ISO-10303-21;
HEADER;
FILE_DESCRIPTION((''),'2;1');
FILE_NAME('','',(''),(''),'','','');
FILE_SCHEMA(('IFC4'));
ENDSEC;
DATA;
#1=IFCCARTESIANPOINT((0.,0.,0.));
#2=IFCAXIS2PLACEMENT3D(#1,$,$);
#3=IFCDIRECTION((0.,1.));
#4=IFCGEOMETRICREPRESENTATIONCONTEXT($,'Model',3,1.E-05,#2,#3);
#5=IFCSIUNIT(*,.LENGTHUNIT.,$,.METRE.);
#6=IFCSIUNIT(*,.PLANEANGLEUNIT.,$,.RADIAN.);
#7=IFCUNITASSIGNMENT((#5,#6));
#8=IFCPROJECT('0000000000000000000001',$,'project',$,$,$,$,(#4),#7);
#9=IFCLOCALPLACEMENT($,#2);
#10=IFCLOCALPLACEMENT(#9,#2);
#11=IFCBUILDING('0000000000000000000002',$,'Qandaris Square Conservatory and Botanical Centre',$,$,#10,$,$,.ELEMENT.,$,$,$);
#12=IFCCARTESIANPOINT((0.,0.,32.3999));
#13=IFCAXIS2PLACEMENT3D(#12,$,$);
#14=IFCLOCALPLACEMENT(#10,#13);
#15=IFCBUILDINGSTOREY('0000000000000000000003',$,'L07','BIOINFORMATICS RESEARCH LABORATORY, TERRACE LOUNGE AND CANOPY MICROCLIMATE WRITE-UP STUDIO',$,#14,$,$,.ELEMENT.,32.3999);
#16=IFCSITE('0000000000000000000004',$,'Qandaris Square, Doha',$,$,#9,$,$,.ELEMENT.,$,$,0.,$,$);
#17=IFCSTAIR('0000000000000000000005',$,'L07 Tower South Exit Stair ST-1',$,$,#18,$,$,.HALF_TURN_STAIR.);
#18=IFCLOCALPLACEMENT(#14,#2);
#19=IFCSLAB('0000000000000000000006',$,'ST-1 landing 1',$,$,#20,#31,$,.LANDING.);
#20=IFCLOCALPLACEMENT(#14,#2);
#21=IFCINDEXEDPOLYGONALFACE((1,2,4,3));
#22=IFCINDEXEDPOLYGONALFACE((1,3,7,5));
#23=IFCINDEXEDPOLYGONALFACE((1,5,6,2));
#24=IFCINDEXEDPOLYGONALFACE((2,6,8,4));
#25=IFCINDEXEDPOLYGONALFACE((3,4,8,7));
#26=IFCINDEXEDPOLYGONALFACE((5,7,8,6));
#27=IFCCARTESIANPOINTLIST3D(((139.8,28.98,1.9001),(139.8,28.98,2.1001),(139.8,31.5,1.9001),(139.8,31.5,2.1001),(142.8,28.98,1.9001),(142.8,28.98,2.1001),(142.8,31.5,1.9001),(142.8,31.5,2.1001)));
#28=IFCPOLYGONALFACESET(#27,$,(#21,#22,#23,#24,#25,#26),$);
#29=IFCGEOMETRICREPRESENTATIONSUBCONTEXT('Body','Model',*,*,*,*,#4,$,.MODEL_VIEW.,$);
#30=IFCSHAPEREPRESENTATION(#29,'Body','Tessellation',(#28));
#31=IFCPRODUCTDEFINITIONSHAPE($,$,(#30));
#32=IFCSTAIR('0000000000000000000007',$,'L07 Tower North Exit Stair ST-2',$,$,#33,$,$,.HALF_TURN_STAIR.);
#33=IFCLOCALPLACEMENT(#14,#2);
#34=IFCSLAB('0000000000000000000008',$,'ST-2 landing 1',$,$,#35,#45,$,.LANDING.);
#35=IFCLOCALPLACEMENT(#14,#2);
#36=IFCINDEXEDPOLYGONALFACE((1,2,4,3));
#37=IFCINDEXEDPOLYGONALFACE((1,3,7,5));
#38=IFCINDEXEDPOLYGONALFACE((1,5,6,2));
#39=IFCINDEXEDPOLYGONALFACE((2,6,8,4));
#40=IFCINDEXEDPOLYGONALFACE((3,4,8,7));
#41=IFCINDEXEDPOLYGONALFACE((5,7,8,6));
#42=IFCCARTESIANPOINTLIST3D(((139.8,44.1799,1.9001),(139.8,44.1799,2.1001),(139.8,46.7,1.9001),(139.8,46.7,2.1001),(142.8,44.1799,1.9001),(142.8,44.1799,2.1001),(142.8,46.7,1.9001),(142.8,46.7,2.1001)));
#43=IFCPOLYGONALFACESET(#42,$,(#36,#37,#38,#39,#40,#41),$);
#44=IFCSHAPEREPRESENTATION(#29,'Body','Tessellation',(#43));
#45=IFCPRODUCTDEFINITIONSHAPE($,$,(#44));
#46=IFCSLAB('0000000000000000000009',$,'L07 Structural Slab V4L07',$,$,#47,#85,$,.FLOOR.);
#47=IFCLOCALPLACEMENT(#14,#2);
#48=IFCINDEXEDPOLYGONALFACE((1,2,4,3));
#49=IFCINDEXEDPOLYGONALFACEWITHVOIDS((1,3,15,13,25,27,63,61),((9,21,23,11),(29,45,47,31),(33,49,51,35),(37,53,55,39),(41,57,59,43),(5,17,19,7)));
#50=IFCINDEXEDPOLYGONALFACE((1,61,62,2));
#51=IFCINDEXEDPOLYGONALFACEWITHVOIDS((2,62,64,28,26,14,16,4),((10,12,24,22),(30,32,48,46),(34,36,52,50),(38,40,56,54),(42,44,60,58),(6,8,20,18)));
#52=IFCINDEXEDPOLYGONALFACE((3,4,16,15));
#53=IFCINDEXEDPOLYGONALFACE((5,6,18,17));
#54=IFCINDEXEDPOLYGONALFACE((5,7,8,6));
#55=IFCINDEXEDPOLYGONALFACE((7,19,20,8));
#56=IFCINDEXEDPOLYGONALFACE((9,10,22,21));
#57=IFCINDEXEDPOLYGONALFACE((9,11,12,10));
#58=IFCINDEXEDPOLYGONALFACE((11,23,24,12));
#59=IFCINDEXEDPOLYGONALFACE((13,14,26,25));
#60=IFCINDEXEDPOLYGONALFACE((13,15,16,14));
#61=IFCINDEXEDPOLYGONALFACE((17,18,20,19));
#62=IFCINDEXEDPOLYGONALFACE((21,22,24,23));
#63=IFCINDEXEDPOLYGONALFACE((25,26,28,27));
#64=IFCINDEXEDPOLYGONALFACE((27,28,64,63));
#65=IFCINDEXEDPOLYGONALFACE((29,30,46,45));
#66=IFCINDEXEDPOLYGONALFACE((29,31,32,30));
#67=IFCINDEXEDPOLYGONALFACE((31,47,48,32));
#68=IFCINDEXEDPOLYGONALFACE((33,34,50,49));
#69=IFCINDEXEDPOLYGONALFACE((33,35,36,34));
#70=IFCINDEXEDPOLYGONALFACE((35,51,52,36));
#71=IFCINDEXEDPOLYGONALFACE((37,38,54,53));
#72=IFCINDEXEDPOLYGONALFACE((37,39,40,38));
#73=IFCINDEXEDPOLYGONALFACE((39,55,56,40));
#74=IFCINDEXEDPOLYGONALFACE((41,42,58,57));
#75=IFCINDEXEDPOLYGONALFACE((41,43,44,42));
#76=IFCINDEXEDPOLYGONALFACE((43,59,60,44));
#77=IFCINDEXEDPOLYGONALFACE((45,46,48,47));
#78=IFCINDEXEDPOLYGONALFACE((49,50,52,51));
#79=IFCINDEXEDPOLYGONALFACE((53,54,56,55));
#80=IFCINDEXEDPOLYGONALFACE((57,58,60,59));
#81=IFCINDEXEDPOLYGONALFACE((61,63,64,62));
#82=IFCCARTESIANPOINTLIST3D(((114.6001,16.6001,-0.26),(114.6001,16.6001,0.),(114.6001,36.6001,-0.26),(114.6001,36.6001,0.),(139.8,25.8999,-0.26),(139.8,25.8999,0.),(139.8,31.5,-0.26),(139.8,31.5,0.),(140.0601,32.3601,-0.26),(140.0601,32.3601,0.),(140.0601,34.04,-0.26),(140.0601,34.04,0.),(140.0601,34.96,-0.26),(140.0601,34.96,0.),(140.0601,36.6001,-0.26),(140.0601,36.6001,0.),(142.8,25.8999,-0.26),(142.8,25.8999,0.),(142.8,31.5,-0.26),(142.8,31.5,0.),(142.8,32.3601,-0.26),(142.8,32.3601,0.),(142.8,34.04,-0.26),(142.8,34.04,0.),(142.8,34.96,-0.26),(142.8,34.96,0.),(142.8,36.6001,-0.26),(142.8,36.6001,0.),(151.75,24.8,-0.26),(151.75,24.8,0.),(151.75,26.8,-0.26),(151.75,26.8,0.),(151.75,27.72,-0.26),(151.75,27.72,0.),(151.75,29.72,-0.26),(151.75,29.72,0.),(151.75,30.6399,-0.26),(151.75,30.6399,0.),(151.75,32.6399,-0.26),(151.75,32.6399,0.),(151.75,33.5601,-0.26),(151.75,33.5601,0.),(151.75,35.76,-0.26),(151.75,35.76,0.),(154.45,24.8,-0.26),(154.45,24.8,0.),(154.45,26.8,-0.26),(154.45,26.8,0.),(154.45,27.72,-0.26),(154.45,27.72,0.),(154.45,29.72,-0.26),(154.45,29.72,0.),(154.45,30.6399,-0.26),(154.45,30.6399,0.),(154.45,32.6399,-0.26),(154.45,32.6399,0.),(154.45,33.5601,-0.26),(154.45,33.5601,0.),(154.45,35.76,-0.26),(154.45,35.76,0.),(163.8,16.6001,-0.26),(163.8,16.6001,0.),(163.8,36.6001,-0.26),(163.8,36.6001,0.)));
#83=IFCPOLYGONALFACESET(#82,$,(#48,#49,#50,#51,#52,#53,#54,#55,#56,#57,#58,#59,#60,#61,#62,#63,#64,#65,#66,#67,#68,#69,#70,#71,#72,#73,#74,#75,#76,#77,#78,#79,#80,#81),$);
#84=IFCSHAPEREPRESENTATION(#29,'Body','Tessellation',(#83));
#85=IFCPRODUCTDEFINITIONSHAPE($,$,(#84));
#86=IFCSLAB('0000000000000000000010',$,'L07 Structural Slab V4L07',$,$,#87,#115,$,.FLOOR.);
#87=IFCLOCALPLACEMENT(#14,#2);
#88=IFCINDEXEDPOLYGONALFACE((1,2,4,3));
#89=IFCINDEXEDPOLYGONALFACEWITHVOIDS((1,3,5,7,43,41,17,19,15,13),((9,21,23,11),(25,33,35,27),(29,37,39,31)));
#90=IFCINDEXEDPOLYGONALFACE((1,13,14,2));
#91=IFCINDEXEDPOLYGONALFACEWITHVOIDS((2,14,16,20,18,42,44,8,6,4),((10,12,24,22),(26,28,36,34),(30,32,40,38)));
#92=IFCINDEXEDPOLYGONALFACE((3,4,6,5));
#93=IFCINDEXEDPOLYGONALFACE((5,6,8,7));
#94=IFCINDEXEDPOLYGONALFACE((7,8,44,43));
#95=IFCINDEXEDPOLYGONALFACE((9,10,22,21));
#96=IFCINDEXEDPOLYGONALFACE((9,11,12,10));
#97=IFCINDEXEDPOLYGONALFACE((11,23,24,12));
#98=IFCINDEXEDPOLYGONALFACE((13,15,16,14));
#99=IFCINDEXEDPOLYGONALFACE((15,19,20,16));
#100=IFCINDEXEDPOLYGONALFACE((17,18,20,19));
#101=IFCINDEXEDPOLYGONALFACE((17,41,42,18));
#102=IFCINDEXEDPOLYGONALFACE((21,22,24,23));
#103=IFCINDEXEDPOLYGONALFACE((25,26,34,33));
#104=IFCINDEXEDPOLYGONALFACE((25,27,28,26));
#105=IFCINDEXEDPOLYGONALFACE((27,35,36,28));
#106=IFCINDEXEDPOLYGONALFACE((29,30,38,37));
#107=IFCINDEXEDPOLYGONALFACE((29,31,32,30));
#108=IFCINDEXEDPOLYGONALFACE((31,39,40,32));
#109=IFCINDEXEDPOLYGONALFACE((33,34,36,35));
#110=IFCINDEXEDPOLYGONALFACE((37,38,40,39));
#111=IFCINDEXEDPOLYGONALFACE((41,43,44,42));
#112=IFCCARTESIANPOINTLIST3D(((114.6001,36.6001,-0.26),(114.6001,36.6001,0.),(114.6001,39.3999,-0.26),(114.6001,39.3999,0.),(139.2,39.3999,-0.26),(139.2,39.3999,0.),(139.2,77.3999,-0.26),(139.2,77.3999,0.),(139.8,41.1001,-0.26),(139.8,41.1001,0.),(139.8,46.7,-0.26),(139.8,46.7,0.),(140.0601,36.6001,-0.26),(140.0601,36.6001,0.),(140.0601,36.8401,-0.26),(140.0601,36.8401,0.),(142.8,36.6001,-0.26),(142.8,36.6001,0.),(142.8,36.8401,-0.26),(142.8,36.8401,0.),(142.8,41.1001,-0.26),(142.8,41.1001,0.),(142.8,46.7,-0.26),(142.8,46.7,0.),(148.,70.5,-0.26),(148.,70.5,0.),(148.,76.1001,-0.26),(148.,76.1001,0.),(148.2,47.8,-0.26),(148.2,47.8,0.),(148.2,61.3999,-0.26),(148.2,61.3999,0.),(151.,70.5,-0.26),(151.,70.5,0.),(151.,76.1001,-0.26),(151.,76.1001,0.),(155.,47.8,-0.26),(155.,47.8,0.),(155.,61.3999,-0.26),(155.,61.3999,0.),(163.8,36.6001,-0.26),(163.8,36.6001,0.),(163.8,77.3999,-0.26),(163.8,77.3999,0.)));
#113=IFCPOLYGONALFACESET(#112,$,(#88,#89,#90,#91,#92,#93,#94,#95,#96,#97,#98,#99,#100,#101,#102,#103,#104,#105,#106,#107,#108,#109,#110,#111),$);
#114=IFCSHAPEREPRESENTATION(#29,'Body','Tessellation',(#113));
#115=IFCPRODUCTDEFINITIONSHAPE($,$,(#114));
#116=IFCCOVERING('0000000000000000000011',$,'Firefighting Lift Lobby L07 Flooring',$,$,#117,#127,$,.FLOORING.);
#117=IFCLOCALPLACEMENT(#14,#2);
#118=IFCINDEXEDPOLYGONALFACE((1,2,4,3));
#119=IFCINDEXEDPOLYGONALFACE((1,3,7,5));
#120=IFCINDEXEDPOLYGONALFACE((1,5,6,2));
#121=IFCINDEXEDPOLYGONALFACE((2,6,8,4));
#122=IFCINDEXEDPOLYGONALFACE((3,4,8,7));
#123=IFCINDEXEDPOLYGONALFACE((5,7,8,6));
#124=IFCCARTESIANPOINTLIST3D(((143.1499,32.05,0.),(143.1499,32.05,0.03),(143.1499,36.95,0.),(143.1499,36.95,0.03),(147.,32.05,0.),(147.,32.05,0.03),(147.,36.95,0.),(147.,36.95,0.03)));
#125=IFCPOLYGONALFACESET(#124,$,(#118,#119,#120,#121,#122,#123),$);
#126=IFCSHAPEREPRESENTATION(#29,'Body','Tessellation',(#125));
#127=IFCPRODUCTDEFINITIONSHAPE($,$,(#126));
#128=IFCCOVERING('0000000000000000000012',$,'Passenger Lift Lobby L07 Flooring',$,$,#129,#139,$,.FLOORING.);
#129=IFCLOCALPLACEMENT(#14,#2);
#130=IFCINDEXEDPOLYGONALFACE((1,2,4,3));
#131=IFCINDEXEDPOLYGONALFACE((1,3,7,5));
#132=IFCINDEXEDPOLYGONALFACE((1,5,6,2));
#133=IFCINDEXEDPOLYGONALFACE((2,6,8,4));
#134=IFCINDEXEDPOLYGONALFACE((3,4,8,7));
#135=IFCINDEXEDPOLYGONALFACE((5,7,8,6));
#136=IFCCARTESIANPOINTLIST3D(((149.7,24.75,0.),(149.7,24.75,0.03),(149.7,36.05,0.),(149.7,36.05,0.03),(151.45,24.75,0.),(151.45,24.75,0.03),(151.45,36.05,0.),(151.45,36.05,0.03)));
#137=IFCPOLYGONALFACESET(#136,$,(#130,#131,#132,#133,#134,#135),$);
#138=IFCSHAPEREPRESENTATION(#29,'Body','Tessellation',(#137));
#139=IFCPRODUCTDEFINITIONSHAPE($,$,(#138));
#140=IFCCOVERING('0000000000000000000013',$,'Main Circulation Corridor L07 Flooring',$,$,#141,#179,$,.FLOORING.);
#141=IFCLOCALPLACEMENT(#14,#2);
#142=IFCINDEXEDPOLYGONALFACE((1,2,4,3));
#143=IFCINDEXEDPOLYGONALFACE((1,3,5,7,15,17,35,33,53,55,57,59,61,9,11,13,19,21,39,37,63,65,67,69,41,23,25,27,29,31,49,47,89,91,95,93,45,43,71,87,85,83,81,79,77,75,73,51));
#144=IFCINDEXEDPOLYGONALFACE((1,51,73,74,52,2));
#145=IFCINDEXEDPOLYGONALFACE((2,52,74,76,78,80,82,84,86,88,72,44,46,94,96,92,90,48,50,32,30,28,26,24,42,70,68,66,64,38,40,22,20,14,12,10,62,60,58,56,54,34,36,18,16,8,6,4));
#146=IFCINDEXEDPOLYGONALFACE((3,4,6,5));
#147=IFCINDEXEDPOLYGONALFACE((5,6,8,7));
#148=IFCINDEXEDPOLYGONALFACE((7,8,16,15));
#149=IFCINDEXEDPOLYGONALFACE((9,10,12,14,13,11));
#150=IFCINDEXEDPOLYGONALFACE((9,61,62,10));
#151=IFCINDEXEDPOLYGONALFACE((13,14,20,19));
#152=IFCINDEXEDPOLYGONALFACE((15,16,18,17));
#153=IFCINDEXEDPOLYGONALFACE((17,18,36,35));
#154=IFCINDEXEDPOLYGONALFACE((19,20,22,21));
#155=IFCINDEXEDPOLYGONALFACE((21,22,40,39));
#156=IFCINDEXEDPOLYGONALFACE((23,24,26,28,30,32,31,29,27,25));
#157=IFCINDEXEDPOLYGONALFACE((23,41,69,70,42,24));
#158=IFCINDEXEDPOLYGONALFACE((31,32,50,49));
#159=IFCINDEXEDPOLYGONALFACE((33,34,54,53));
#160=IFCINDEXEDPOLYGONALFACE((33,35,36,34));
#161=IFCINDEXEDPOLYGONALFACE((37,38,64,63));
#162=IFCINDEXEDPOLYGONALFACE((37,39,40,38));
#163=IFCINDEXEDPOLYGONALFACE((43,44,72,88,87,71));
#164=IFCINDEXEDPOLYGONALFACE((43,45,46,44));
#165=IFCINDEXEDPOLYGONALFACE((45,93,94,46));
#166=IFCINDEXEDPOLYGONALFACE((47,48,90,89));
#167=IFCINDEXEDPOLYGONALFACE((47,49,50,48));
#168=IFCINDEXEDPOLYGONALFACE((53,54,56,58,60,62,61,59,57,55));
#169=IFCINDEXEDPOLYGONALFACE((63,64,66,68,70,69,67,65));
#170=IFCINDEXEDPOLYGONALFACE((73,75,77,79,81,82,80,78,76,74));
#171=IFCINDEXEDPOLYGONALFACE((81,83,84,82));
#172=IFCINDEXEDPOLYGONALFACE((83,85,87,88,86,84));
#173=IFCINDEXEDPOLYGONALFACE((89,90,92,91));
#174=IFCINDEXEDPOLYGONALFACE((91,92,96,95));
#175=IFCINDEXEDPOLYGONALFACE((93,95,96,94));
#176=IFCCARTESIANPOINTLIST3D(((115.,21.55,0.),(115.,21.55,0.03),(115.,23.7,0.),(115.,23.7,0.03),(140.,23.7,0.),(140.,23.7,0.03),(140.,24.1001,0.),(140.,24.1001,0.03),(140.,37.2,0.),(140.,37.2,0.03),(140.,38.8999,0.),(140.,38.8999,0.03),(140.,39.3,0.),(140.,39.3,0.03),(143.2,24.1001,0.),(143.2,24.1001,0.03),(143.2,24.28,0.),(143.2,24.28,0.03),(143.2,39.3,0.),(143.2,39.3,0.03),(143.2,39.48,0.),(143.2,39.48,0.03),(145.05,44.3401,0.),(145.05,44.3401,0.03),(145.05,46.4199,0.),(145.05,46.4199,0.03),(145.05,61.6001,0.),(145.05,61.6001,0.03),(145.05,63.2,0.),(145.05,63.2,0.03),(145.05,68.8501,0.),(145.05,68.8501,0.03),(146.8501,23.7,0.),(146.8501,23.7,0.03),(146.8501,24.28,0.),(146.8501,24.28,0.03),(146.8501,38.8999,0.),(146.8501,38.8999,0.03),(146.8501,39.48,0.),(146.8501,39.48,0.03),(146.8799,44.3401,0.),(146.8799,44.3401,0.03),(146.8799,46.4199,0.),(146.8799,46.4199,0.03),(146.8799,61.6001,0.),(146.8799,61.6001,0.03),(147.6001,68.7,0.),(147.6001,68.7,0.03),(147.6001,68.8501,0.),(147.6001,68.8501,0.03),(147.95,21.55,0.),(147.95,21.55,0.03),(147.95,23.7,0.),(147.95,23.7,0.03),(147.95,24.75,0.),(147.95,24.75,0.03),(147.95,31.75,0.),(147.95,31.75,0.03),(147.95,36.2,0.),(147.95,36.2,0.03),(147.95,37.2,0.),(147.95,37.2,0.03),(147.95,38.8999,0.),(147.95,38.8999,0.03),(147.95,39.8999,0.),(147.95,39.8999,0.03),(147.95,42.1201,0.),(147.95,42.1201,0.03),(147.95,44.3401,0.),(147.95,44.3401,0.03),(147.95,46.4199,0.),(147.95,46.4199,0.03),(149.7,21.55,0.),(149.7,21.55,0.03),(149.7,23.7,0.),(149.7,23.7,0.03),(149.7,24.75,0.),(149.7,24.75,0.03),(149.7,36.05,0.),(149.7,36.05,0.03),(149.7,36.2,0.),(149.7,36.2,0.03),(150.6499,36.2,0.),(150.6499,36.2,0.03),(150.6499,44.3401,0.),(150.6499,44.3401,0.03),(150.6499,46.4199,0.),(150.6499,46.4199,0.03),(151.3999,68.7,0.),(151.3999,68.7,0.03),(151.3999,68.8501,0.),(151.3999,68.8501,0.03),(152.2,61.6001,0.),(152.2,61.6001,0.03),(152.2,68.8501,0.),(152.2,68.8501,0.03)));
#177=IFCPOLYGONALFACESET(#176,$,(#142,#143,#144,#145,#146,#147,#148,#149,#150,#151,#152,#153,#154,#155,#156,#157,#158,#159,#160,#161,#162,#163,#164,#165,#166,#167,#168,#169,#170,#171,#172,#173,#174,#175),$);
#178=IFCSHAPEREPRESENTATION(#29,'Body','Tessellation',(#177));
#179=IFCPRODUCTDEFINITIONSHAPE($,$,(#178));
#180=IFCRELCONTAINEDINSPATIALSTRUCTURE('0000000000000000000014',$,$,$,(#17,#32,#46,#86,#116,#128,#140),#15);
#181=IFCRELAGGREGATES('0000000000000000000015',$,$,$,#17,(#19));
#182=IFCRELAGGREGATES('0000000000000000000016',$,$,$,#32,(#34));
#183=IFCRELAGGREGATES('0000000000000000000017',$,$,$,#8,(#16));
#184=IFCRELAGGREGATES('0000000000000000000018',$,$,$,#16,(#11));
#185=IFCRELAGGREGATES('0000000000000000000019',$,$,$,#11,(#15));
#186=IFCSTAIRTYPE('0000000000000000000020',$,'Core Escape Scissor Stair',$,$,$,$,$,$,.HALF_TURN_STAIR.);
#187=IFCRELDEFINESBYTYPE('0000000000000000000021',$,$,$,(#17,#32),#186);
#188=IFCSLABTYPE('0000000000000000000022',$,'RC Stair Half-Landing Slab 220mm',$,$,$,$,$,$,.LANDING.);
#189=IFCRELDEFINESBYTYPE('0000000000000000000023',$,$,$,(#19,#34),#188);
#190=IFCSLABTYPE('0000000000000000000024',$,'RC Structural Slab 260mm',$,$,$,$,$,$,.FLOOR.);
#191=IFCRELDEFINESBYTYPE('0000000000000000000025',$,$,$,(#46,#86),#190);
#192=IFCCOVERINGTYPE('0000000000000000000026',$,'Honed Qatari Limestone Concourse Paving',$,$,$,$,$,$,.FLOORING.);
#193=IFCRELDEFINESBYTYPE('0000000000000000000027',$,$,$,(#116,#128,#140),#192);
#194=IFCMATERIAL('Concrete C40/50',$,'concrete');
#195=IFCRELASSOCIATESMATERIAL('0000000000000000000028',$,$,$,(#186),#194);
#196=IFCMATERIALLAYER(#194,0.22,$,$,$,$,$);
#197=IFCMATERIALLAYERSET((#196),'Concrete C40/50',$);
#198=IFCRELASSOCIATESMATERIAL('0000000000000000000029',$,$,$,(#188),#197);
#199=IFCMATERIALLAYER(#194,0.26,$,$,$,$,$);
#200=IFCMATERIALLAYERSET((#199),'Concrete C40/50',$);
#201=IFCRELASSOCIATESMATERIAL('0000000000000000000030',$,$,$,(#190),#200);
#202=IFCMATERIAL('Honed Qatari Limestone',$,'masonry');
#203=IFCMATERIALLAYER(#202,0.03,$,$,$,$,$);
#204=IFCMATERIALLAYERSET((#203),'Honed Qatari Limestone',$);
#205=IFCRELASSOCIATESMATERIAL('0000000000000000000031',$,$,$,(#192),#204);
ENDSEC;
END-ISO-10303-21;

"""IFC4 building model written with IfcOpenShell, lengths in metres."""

from ifc_helpers import new_model, si_unit, direction, frame, origin, place, context, subcontext, project, spatial, polyline, outline, extrude, material, layer, layer_set, type_object, element, aggregate, save


model = new_model("IFC4")

# Units and contexts
model_context = context("Model", 3, precision=1e-05, world=origin(), true_north=direction((0.0, 1.0)))
body_context = subcontext(model_context, "Body", "Model", "MODEL_VIEW")
ifc_project = project(units=[si_unit("LENGTHUNIT", "METRE"), si_unit("PLANEANGLEUNIT", "RADIAN")], contexts=[model_context])

# Site, building, storey
site_placement = place(None, origin())
site = spatial("IfcSite", under=ifc_project, at=site_placement, Name="Qandaris Square, Doha", CompositionType="ELEMENT", RefElevation=0.0)
building_placement = place(site_placement, origin())
building = spatial("IfcBuilding", under=site, at=building_placement, Name="Qandaris Square Conservatory and Botanical Centre", CompositionType="ELEMENT")
storey_placement = place(building_placement, frame((0.0, 0.0, 32.3999)))
storey = spatial("IfcBuildingStorey", under=building, at=storey_placement, Name="L07", Description="BIOINFORMATICS RESEARCH LABORATORY, TERRACE LOUNGE AND CANOPY MICROCLIMATE WRITE-UP STUDIO", CompositionType="ELEMENT", Elevation=32.3999)

# Stairs, slabs
ifc_material_1 = material(Name="Concrete C40/50", Category="concrete")
stair_type = type_object("IfcStairType", Name="Core Escape Scissor Stair", PredefinedType="HALF_TURN_STAIR", material=ifc_material_1)
stair_1_placement = place(storey_placement, origin())
stair_1 = element("IfcStair", 1, at=stair_1_placement, inside=storey, type_object=stair_type, Name="L07 Tower South Exit Stair ST-1", PredefinedType="HALF_TURN_STAIR")
ifc_layer_1 = layer(ifc_material_1, 0.22)
ifc_layer_set_1 = layer_set([ifc_layer_1], Name="Concrete C40/50")
slab_type_1 = type_object("IfcSlabType", Name="RC Stair Half-Landing Slab 220mm", PredefinedType="LANDING", material=ifc_layer_set_1)
slab_1_placement = place(storey_placement, frame((0.0, 0.0, 1.9001)))
slab_1 = element("IfcSlab", 2, at=slab_1_placement, type_object=slab_type_1, Name="ST-1 landing 1", PredefinedType="LANDING", context=body_context, shape_type="SweptSolid", body=[
    extrude(outline(polyline([(142.8, 28.98), (142.8, 31.5), (139.8, 31.5), (139.8, 28.98), (142.8, 28.98)])), origin(), (0.0, 0.0, 1.0), 0.2),
])
aggregate(stair_1, [slab_1])
stair_2_placement = place(storey_placement, origin())
stair_2 = element("IfcStair", 3, at=stair_2_placement, inside=storey, type_object=stair_type, Name="L07 Tower North Exit Stair ST-2", PredefinedType="HALF_TURN_STAIR")
slab_2_placement = place(storey_placement, frame((0.0, 0.0, 1.9001)))
slab_2 = element("IfcSlab", 4, at=slab_2_placement, type_object=slab_type_1, Name="ST-2 landing 1", PredefinedType="LANDING", context=body_context, shape_type="SweptSolid", body=[
    extrude(outline(polyline([(142.8, 44.1799), (142.8, 46.7), (139.8, 46.7), (139.8, 44.1799), (142.8, 44.1799)])), origin(), (0.0, 0.0, 1.0), 0.2),
])
aggregate(stair_2, [slab_2])

# Slabs
ifc_layer_2 = layer(ifc_material_1, 0.26)
ifc_layer_set_2 = layer_set([ifc_layer_2], Name="Concrete C40/50")
slab_type_2 = type_object("IfcSlabType", Name="RC Structural Slab 260mm", PredefinedType="FLOOR", material=ifc_layer_set_2)
slab_3_placement = place(storey_placement, frame((0.0, 0.0, -0.26)))
element("IfcSlab", 5, at=slab_3_placement, inside=storey, type_object=slab_type_2, Name="L07 Structural Slab V4L07", PredefinedType="FLOOR", context=body_context, shape_type="SweptSolid", body=[
    extrude(outline(polyline([(163.8, 16.6001), (114.6001, 16.6001), (114.6001, 36.6001), (140.0601, 36.6001), (140.0601, 34.96), (142.8, 34.96), (142.8, 36.6001), (163.8, 36.6001), (163.8, 16.6001)]), holes=[polyline([(151.75, 24.8), (154.45, 24.8), (154.45, 26.8), (151.75, 26.8), (151.75, 24.8)]), polyline([(139.8, 25.8999), (142.8, 25.8999), (142.8, 31.5), (139.8, 31.5), (139.8, 25.8999)]), polyline([(151.75, 27.72), (154.45, 27.72), (154.45, 29.72), (151.75, 29.72), (151.75, 27.72)]), polyline([(151.75, 30.6399), (154.45, 30.6399), (154.45, 32.6399), (151.75, 32.6399), (151.75, 30.6399)]), polyline([(140.0601, 32.3601), (142.8, 32.3601), (142.8, 34.04), (140.0601, 34.04), (140.0601, 32.3601)]), polyline([(151.75, 33.5601), (154.45, 33.5601), (154.45, 35.76), (151.75, 35.76), (151.75, 33.5601)])]), origin(), (0.0, 0.0, 1.0), 0.26),
])
slab_4_placement = place(storey_placement, frame((0.0, 0.0, -0.26)))
element("IfcSlab", 6, at=slab_4_placement, inside=storey, type_object=slab_type_2, Name="L07 Structural Slab V4L07", PredefinedType="FLOOR", context=body_context, shape_type="SweptSolid", body=[
    extrude(outline(polyline([(139.2, 77.3999), (163.8, 77.3999), (163.8, 36.6001), (142.8, 36.6001), (142.8, 36.8401), (140.0601, 36.8401), (140.0601, 36.6001), (114.6001, 36.6001), (114.6001, 39.3999), (139.2, 39.3999), (139.2, 77.3999)]), holes=[polyline([(148.2, 47.8), (155.0, 47.8), (155.0, 61.3999), (148.2, 61.3999), (148.2, 47.8)]), polyline([(139.8, 46.7), (139.8, 41.1001), (142.8, 41.1001), (142.8, 46.7), (139.8, 46.7)]), polyline([(148.0, 76.1001), (148.0, 70.5), (151.0, 70.5), (151.0, 76.1001), (148.0, 76.1001)])]), origin(), (0.0, 0.0, 1.0), 0.26),
])

# Coverings
ifc_material_2 = material(Name="Honed Qatari Limestone", Category="masonry")
ifc_layer_3 = layer(ifc_material_2, 0.03)
ifc_layer_set_3 = layer_set([ifc_layer_3], Name="Honed Qatari Limestone")
covering_type_1 = type_object("IfcCoveringType", Name="Honed Qatari Limestone Concourse Paving", PredefinedType="FLOORING", material=ifc_layer_set_3)
covering_1_placement = place(storey_placement, origin())
element("IfcCovering", 7, at=covering_1_placement, inside=storey, type_object=covering_type_1, Name="Firefighting Lift Lobby L07 Flooring", PredefinedType="FLOORING", context=body_context, shape_type="SweptSolid", body=[
    extrude(outline(polyline([(143.1499, 36.95), (147.0, 36.95), (147.0, 32.05), (143.1499, 32.05), (143.1499, 36.95)])), origin(), (0.0, 0.0, 1.0), 0.03),
])
covering_2_placement = place(storey_placement, origin())
element("IfcCovering", 8, at=covering_2_placement, inside=storey, type_object=covering_type_1, Name="Passenger Lift Lobby L07 Flooring", PredefinedType="FLOORING", context=body_context, shape_type="SweptSolid", body=[
    extrude(outline(polyline([(149.7, 36.05), (151.45, 36.05), (151.45, 24.75), (149.7, 24.75), (149.7, 36.05)])), origin(), (0.0, 0.0, 1.0), 0.03),
])
covering_3_placement = place(storey_placement, origin())
element("IfcCovering", 9, at=covering_3_placement, inside=storey, type_object=covering_type_1, Name="Main Circulation Corridor L07 Flooring", PredefinedType="FLOORING", context=body_context, shape_type="SweptSolid", body=[
    extrude(outline(polyline([(140.0, 24.1001), (143.2, 24.1001), (143.2, 24.28), (146.8501, 24.28), (146.8501, 23.7), (147.95, 23.7), (147.95, 24.75), (147.95, 31.75), (147.95, 36.2), (147.95, 37.2), (140.0, 37.2), (140.0, 38.8999), (140.0, 39.3), (143.2, 39.3), (143.2, 39.48), (146.8501, 39.48), (146.8501, 38.8999), (147.95, 38.8999), (147.95, 39.8999), (147.95, 42.1201), (147.95, 44.3401), (146.8799, 44.3401), (145.05, 44.3401), (145.05, 46.4199), (145.05, 61.6001), (145.05, 63.2), (145.05, 68.8501), (147.6001, 68.8501), (147.6001, 68.7), (151.3999, 68.7), (151.3999, 68.8501), (152.2, 68.8501), (152.2, 61.6001), (146.8799, 61.6001), (146.8799, 46.4199), (147.95, 46.4199), (150.6499, 46.4199), (150.6499, 44.3401), (150.6499, 36.2), (149.7, 36.2), (149.7, 36.05), (149.7, 24.75), (149.7, 23.7), (149.7, 21.55), (147.95, 21.55), (115.0, 21.55), (115.0, 23.7), (140.0, 23.7), (140.0, 24.1001)])), origin(), (0.0, 0.0, 1.0), 0.03),
])

save(model, "model.ifc")
